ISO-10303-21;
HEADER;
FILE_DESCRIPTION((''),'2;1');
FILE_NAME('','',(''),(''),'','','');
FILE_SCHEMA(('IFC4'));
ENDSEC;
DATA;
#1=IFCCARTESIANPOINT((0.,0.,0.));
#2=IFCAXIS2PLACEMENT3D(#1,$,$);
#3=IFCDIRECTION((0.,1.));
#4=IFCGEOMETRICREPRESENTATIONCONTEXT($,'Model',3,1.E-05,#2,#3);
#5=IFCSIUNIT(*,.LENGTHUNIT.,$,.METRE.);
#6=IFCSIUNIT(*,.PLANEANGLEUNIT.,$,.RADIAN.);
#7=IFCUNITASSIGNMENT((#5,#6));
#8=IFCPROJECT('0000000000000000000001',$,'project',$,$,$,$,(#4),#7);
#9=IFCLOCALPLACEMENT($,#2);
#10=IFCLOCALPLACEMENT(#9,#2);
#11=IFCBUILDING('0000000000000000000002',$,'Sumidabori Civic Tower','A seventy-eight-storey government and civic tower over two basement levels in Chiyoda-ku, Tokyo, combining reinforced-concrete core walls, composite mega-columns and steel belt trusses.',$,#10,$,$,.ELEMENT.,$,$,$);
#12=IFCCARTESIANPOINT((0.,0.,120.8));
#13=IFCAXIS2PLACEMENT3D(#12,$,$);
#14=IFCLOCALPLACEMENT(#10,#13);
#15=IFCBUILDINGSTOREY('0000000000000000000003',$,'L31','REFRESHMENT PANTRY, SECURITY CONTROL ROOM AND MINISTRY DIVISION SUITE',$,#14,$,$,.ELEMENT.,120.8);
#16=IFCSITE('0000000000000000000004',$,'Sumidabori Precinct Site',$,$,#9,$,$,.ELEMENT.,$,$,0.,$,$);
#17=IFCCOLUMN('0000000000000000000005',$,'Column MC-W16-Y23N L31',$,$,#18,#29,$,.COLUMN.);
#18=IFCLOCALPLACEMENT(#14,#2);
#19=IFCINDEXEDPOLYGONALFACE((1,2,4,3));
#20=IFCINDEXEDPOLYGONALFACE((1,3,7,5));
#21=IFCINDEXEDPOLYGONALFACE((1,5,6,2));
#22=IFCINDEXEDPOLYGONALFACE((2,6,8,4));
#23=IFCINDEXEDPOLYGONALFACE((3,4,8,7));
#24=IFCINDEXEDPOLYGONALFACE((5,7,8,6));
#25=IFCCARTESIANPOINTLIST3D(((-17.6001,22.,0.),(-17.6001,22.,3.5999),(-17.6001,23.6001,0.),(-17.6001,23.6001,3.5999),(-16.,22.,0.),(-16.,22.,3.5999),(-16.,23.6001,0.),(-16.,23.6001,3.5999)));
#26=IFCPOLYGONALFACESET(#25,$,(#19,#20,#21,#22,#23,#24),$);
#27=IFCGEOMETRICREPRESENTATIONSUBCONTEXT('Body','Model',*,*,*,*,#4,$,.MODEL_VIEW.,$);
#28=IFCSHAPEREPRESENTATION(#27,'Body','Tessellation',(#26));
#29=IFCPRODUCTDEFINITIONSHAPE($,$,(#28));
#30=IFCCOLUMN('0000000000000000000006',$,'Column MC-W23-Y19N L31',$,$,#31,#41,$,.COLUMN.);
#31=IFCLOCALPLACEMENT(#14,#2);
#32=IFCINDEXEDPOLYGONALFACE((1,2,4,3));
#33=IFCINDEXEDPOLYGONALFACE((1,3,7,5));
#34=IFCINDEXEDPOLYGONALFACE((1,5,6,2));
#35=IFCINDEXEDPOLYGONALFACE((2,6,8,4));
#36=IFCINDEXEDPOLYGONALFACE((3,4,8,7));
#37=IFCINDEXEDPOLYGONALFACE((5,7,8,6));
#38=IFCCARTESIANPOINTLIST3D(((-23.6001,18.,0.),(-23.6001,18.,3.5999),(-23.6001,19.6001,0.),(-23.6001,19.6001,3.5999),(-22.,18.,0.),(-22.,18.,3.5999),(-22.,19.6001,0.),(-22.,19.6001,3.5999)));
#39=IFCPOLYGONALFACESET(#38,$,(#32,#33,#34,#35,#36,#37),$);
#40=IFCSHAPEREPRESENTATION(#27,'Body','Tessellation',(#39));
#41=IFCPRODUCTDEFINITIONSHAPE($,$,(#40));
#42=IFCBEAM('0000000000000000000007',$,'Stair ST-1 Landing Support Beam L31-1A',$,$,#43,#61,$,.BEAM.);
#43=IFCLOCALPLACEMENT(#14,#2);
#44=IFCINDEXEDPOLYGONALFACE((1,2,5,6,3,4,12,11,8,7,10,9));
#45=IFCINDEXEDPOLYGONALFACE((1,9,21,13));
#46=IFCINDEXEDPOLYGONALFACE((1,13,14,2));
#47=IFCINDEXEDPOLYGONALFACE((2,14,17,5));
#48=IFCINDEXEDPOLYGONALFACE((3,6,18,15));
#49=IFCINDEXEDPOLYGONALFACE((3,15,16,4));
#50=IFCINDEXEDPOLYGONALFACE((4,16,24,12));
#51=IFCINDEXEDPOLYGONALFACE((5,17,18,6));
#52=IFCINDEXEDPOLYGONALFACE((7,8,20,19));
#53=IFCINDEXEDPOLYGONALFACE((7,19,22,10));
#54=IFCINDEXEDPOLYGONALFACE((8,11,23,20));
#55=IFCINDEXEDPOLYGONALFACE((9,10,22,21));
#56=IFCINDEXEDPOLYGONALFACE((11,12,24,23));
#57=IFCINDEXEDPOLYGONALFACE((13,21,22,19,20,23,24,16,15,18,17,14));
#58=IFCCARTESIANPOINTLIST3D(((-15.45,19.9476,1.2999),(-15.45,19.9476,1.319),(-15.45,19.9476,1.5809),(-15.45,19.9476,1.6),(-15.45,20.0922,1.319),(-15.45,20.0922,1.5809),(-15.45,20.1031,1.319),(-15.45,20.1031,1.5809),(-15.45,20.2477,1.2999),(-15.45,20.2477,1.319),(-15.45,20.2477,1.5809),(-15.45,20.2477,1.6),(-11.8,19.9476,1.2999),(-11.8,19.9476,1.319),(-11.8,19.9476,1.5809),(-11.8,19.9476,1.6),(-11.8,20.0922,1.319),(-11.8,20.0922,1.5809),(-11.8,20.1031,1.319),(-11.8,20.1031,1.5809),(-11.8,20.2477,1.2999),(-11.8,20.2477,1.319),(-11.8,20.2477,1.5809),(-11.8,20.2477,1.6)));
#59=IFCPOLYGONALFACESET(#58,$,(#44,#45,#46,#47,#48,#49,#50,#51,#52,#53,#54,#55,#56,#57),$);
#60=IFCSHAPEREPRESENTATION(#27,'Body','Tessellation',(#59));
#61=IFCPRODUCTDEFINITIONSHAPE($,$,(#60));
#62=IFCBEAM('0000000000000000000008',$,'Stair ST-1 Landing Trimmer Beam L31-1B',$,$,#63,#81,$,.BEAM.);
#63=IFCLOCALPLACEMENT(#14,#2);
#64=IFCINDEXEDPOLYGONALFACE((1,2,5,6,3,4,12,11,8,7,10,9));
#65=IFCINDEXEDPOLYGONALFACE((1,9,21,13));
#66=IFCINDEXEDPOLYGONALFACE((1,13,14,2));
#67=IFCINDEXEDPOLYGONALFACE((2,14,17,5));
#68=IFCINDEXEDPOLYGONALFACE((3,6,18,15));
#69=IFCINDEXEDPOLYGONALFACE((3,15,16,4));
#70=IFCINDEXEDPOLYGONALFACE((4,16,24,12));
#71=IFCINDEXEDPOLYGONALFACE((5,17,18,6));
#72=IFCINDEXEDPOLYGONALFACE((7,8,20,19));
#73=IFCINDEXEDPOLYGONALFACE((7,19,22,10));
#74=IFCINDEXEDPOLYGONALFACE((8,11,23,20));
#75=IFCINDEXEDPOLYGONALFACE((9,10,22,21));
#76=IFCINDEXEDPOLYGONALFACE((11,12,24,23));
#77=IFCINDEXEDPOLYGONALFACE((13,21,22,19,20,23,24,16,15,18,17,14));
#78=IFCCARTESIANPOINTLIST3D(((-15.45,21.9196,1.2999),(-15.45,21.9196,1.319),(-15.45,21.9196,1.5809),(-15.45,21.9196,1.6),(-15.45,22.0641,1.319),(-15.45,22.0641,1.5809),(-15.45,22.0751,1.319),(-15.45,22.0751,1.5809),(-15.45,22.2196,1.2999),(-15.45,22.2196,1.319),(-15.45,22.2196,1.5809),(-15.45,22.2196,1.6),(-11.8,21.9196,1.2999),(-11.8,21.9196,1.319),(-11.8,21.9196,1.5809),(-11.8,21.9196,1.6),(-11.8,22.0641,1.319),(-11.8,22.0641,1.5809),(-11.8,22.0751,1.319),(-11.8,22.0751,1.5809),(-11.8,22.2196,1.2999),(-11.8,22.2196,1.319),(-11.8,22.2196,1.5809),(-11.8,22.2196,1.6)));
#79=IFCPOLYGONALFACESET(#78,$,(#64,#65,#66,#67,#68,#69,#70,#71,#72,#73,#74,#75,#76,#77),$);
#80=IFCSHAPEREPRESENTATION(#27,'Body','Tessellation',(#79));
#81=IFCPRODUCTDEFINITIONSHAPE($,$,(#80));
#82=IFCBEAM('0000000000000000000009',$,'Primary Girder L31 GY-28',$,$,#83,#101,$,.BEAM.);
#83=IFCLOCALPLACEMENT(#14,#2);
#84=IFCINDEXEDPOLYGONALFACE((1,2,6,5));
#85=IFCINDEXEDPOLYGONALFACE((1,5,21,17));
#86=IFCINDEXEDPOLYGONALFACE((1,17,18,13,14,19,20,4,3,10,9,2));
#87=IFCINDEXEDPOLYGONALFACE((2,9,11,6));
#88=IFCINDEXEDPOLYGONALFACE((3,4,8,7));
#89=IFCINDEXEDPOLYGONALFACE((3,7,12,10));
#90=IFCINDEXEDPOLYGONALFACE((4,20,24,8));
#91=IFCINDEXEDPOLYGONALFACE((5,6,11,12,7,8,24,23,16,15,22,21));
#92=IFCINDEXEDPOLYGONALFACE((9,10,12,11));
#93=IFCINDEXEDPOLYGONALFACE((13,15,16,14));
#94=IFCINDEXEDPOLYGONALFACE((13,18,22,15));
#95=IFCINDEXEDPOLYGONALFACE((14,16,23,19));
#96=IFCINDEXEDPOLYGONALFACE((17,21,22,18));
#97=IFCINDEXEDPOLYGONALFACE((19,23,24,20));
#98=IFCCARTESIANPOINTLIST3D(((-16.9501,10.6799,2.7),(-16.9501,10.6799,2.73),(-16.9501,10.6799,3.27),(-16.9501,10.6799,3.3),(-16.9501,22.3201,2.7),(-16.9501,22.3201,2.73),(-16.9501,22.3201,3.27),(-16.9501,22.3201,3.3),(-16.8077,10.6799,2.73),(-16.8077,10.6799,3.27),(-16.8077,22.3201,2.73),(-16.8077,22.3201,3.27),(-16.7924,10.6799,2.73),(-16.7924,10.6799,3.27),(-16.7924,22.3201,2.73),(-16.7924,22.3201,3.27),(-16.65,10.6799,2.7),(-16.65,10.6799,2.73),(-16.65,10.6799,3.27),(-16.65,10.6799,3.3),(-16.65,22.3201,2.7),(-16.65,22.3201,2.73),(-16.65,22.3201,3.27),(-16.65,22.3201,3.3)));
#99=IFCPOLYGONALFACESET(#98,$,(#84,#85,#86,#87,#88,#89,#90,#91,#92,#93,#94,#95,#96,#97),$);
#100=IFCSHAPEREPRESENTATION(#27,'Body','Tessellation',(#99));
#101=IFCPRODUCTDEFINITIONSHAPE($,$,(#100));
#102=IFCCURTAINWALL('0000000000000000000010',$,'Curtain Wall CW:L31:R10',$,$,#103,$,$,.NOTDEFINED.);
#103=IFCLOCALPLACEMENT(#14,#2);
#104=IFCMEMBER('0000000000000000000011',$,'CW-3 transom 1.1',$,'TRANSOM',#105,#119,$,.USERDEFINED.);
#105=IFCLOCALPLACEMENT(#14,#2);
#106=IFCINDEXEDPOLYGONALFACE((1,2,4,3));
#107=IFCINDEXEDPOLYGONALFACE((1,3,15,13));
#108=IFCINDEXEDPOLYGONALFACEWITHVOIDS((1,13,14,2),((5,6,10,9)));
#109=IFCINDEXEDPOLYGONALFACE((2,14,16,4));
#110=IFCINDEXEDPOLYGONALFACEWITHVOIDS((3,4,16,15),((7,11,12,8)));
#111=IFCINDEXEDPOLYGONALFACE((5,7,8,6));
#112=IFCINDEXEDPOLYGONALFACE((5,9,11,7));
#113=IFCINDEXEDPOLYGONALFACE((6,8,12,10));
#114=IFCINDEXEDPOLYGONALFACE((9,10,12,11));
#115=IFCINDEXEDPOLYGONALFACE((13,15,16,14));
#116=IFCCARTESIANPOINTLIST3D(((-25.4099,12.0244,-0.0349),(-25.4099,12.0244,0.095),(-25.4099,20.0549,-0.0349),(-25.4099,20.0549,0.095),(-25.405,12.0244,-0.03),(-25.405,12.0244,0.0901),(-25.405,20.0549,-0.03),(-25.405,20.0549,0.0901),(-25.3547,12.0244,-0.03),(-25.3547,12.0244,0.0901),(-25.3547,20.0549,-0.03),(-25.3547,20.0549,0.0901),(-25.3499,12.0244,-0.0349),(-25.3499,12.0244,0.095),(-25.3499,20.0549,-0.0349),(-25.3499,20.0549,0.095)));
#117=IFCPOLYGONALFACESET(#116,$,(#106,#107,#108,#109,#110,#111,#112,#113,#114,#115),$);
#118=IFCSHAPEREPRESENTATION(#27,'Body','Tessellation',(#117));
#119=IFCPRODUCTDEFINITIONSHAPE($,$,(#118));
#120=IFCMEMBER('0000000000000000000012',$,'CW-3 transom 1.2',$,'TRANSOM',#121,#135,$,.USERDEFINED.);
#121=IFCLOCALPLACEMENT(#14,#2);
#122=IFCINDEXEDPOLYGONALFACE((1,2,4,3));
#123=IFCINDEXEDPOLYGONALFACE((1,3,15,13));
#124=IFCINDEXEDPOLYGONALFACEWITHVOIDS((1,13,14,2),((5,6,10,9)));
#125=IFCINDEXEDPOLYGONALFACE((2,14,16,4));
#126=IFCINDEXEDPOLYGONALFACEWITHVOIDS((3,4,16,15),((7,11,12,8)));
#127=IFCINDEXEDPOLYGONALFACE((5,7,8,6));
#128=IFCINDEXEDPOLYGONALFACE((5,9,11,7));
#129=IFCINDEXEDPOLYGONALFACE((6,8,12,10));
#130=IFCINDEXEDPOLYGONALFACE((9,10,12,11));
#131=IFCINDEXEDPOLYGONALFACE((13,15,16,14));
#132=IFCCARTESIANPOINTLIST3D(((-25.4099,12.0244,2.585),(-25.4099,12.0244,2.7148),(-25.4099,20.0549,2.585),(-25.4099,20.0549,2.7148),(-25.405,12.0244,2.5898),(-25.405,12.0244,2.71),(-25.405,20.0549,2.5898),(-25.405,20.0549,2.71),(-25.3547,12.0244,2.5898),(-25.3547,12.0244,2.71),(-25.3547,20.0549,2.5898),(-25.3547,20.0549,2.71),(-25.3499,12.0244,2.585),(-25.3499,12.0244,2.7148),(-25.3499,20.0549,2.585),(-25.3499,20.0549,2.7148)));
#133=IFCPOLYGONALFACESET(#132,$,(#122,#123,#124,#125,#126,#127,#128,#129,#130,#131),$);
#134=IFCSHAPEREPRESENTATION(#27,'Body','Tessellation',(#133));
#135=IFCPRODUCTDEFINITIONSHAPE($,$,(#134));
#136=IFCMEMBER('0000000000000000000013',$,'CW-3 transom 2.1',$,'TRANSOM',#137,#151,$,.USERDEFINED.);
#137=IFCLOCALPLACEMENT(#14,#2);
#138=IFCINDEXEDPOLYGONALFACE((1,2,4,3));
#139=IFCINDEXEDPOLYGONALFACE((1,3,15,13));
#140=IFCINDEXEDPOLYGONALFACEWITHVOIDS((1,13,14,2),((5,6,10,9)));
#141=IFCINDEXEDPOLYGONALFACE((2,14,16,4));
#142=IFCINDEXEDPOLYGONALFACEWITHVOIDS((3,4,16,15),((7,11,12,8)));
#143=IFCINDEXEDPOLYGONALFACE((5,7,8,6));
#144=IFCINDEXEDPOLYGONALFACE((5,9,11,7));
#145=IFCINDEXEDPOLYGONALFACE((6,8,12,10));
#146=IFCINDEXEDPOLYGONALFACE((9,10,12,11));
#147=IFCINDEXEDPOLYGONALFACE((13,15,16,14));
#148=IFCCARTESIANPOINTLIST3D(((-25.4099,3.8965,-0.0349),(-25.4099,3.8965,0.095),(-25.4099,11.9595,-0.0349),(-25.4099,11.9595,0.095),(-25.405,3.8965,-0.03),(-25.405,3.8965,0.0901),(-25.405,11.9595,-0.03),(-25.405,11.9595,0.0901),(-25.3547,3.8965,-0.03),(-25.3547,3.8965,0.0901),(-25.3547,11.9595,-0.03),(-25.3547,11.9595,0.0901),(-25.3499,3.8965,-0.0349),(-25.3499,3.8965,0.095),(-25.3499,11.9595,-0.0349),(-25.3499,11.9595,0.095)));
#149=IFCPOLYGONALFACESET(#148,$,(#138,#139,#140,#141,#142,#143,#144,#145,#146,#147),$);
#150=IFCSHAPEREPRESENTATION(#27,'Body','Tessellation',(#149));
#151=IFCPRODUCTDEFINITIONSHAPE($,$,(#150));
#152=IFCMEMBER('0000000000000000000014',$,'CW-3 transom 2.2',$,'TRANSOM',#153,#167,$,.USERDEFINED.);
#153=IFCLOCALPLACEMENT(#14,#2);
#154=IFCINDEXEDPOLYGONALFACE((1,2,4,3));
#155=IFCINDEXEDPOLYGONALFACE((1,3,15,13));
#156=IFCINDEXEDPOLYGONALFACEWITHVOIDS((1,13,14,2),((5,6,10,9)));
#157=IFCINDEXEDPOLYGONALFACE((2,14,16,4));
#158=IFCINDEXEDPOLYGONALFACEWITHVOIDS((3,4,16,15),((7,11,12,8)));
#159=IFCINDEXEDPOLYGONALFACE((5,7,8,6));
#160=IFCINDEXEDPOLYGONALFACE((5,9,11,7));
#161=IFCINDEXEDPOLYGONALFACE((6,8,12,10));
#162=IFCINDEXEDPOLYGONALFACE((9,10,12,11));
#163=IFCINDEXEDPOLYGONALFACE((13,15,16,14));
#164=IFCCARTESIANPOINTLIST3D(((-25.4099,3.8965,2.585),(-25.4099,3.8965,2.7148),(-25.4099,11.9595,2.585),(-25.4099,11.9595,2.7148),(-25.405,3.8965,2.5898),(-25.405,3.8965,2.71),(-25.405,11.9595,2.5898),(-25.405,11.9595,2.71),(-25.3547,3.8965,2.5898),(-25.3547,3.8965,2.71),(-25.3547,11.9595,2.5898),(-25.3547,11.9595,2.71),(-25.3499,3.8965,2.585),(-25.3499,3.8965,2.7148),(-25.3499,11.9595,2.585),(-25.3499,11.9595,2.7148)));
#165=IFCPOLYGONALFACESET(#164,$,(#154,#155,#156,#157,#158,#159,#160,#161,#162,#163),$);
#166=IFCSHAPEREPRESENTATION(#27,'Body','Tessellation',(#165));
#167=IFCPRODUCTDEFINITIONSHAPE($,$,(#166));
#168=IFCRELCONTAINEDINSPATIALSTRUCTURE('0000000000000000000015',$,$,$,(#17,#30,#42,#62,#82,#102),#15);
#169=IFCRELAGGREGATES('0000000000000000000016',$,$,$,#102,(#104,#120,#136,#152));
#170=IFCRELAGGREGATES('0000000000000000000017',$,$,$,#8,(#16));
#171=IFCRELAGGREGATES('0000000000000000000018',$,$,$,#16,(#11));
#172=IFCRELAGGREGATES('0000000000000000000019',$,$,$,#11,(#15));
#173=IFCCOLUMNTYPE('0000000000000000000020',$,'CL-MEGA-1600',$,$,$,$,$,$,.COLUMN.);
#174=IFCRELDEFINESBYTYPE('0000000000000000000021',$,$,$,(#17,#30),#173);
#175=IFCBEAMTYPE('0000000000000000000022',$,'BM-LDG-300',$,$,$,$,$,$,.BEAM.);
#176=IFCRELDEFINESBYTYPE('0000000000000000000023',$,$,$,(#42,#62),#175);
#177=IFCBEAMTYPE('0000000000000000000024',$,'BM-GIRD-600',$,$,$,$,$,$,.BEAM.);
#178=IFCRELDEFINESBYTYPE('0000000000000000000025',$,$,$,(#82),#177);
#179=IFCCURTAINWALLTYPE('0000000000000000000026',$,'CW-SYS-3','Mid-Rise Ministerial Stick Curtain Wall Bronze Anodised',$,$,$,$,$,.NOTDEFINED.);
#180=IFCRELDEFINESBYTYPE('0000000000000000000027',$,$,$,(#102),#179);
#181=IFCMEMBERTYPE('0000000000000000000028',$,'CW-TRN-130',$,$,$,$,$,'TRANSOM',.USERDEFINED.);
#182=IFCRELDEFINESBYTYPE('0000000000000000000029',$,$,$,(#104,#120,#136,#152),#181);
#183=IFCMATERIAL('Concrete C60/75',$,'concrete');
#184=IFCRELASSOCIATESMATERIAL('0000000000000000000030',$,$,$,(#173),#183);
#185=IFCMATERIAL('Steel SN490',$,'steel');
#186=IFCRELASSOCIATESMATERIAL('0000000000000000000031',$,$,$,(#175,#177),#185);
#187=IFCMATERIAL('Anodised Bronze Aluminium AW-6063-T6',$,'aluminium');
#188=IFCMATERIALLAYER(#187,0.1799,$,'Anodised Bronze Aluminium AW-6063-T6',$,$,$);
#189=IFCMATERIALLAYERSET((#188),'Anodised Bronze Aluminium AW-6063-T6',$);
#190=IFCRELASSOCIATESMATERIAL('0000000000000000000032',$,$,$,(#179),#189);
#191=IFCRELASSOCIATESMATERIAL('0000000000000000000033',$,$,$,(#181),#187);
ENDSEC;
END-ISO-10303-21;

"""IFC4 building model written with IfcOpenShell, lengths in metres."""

from ifc_helpers import new_model, si_unit, direction, frame, origin, origin_2d, place, context, subcontext, project, spatial, rectangle, hollow_rectangle, i_section, extrude, source, transform, mapped, material, layer, layer_set, material_profile, profile_set, type_object, element, aggregate, save


model = new_model("IFC4")

# Units and contexts
model_context = context("Model", 3, precision=1e-05, world=origin(), true_north=direction((0.0, 1.0)))
body_context = subcontext(model_context, "Body", "Model", "MODEL_VIEW")
ifc_project = project(units=[si_unit("LENGTHUNIT", "METRE"), si_unit("PLANEANGLEUNIT", "RADIAN")], contexts=[model_context])

# Site, building, storey
site_placement = place(None, origin())
site = spatial("IfcSite", under=ifc_project, at=site_placement, Name="Sumidabori Precinct Site", CompositionType="ELEMENT", RefElevation=0.0)
building_placement = place(site_placement, origin())
building = spatial("IfcBuilding", under=site, at=building_placement, Name="Sumidabori Civic Tower", Description="A seventy-eight-storey government and civic tower over two basement levels in Chiyoda-ku, Tokyo, combining reinforced-concrete core walls, composite mega-columns and steel belt trusses.", CompositionType="ELEMENT")
storey_placement = place(building_placement, frame((0.0, 0.0, 120.8)))
storey = spatial("IfcBuildingStorey", under=building, at=storey_placement, Name="L31", Description="REFRESHMENT PANTRY, SECURITY CONTROL ROOM AND MINISTRY DIVISION SUITE", CompositionType="ELEMENT", Elevation=120.8)

# Columns
ifc_material_1 = material(Name="Concrete C60/75", Category="concrete")
ifc_material_profile_1 = material_profile(ifc_material_1, rectangle(XDim=1.6001, YDim=1.6001, at=origin_2d()), Name="RC 1600x1600")
ifc_profile_set_1 = profile_set([ifc_material_profile_1], Name="Concrete C60/75")
column_type = type_object("IfcColumnType", Name="CL-MEGA-1600", PredefinedType="COLUMN", material=ifc_profile_set_1)
shared_shape_1 = source(origin(), body_context, "Body", "SweptSolid", [
    extrude(rectangle(XDim=1.6001, YDim=1.6001, at=origin_2d()), origin(), (0.0, 0.0, 1.0), 3.5999),
])
for number, where, z_axis, x_axis, name in (
    (1, (-16.8, 22.8, 0.0), (0.0, 0.0, 1.0), (1.0, 0.0, 0.0), "Column MC-W16-Y23N L31"),
    (2, (-22.8, 18.8, 0.0), (0.0, 0.0, 1.0), (1.0, 0.0, 0.0), "Column MC-W23-Y19N L31"),
):
    element("IfcColumn", number, at=place(storey_placement, frame(where, z_axis=z_axis, x_axis=x_axis)), inside=storey, type_object=column_type, Name=name, PredefinedType="COLUMN", context=body_context, shape_type="MappedRepresentation", body=[
        mapped(shared_shape_1, transform((0.0, 0.0, 0.0), x_axis=(1.0, 0.0, 0.0), y_axis=(0.0, 1.0, 0.0), z_axis=(0.0, 0.0, 1.0), scale=1.0)),
    ])

# Beams
ifc_material_2 = material(Name="Steel SN490", Category="steel")
ifc_material_profile_2 = material_profile(ifc_material_2, i_section(OverallWidth=0.3, OverallDepth=0.3, WebThickness=0.011, FlangeThickness=0.019, at=origin_2d()), Name="HE 300 B")
ifc_profile_set_2 = profile_set([ifc_material_profile_2], Name="Steel SN490")
beam_type_1 = type_object("IfcBeamType", Name="BM-LDG-300", PredefinedType="BEAM", material=ifc_profile_set_2)
shared_shape_2 = source(origin(), body_context, "Body", "SweptSolid", [
    extrude(i_section(OverallWidth=0.3, OverallDepth=0.3, WebThickness=0.011, FlangeThickness=0.019, at=origin_2d()), origin(), (0.0, 0.0, 1.0), 3.6499),
])
for number, where, z_axis, x_axis, name in (
    (3, (-15.45, 20.0977, 1.45), (1.0, 0.0, 0.0), (0.0, 1.0, 0.0), "Stair ST-1 Landing Support Beam L31-1A"),
    (4, (-15.45, 22.0696, 1.45), (1.0, 0.0, 0.0), (0.0, 1.0, 0.0), "Stair ST-1 Landing Trimmer Beam L31-1B"),
):
    element("IfcBeam", number, at=place(storey_placement, frame(where, z_axis=z_axis, x_axis=x_axis)), inside=storey, type_object=beam_type_1, Name=name, PredefinedType="BEAM", context=body_context, shape_type="MappedRepresentation", body=[
        mapped(shared_shape_2, transform((0.0, 0.0, 0.0), x_axis=(1.0, 0.0, 0.0), y_axis=(0.0, 1.0, 0.0), z_axis=(0.0, 0.0, 1.0), scale=1.0)),
    ])
ifc_material_profile_3 = material_profile(ifc_material_2, i_section(OverallWidth=0.3, OverallDepth=0.6001, WebThickness=0.0154, FlangeThickness=0.03, at=origin_2d()), Name="HE 600 B")
ifc_profile_set_3 = profile_set([ifc_material_profile_3], Name="Steel SN490")
beam_type_2 = type_object("IfcBeamType", Name="BM-GIRD-600", PredefinedType="BEAM", material=ifc_profile_set_3)
shared_shape_3 = source(origin(), body_context, "Body", "SweptSolid", [
    extrude(i_section(OverallWidth=0.3, OverallDepth=0.6001, WebThickness=0.0154, FlangeThickness=0.03, at=origin_2d()), origin(), (0.0, 0.0, 1.0), 11.6401),
])
beam_placement = place(storey_placement, frame((-16.8, 10.6799, 3.0), z_axis=(0.0, 1.0, 0.0), x_axis=(-1.0, 0.0, 0.0)))
element("IfcBeam", 5, at=beam_placement, inside=storey, type_object=beam_type_2, Name="Primary Girder L31 GY-28", PredefinedType="BEAM", context=body_context, shape_type="MappedRepresentation", body=[
    mapped(shared_shape_3, transform((0.0, 0.0, 0.0), x_axis=(1.0, 0.0, 0.0), y_axis=(0.0, 1.0, 0.0), z_axis=(0.0, 0.0, 1.0), scale=1.0)),
])

# Curtain wall, members
ifc_material_3 = material(Name="Anodised Bronze Aluminium AW-6063-T6", Category="aluminium")
ifc_layer_1 = layer(ifc_material_3, 0.1799, Name="Anodised Bronze Aluminium AW-6063-T6")
ifc_layer_set_1 = layer_set([ifc_layer_1], Name="Anodised Bronze Aluminium AW-6063-T6")
curtain_wall_type = type_object("IfcCurtainWallType", Name="CW-SYS-3", Description="Mid-Rise Ministerial Stick Curtain Wall Bronze Anodised", PredefinedType="NOTDEFINED", material=ifc_layer_set_1)
curtain_wall_1_placement = place(storey_placement, origin())
curtain_wall_1 = element("IfcCurtainWall", 6, at=curtain_wall_1_placement, inside=storey, type_object=curtain_wall_type, Name="Curtain Wall CW:L31:R10", PredefinedType="NOTDEFINED")
ifc_material_profile_4 = material_profile(ifc_material_3, hollow_rectangle(XDim=0.0601, YDim=0.1299, WallThickness=0.0049, at=origin_2d()), Name="ALU TRANSOM 130x60")
ifc_profile_set_4 = profile_set([ifc_material_profile_4], Name="Anodised Bronze Aluminium AW-6063-T6")
member_type_1 = type_object("IfcMemberType", Name="CW-TRN-130", ElementType="TRANSOM", PredefinedType="USERDEFINED", material=ifc_profile_set_4)
shared_shape_4 = source(origin(), body_context, "Body", "SweptSolid", [
    extrude(hollow_rectangle(XDim=0.0601, YDim=0.1299, WallThickness=0.0049, at=origin_2d()), origin(), (0.0, 0.0, 1.0), 8.0305),
])
member_1_placement = place(storey_placement, frame((-25.3799, 20.0549, 0.03), z_axis=(0.0, -1.0, 0.0), x_axis=(1.0, 0.0, 0.0)))
member_1 = element("IfcMember", 7, at=member_1_placement, type_object=member_type_1, Name="CW-3 transom 1.1", ObjectType="TRANSOM", PredefinedType="USERDEFINED", context=body_context, shape_type="MappedRepresentation", body=[
    mapped(shared_shape_4, transform((0.0, 0.0, 0.0), x_axis=(1.0, 0.0, 0.0), y_axis=(0.0, 1.0, 0.0), z_axis=(0.0, 0.0, 1.0), scale=1.0)),
])
member_2_placement = place(storey_placement, frame((-25.3799, 20.0549, 2.6499), z_axis=(0.0, -1.0, 0.0), x_axis=(1.0, 0.0, 0.0)))
member_2 = element("IfcMember", 8, at=member_2_placement, type_object=member_type_1, Name="CW-3 transom 1.2", ObjectType="TRANSOM", PredefinedType="USERDEFINED", context=body_context, shape_type="MappedRepresentation", body=[
    mapped(shared_shape_4, transform((0.0, 0.0, 0.0), x_axis=(1.0, 0.0, 0.0), y_axis=(0.0, 1.0, 0.0), z_axis=(0.0, 0.0, 1.0), scale=1.0)),
])
shared_shape_5 = source(origin(), body_context, "Body", "SweptSolid", [
    extrude(hollow_rectangle(XDim=0.0601, YDim=0.1299, WallThickness=0.0049, at=origin_2d()), origin(), (0.0, 0.0, 1.0), 8.063),
])
member_3_placement = place(storey_placement, frame((-25.3799, 11.9595, 0.03), z_axis=(0.0, -1.0, 0.0), x_axis=(1.0, 0.0, 0.0)))
member_3 = element("IfcMember", 9, at=member_3_placement, type_object=member_type_1, Name="CW-3 transom 2.1", ObjectType="TRANSOM", PredefinedType="USERDEFINED", context=body_context, shape_type="MappedRepresentation", body=[
    mapped(shared_shape_5, transform((0.0, 0.0, 0.0), x_axis=(1.0, 0.0, 0.0), y_axis=(0.0, 1.0, 0.0), z_axis=(0.0, 0.0, 1.0), scale=1.0)),
])
member_4_placement = place(storey_placement, frame((-25.3799, 11.9595, 2.6499), z_axis=(0.0, -1.0, 0.0), x_axis=(1.0, 0.0, 0.0)))
member_4 = element("IfcMember", 10, at=member_4_placement, type_object=member_type_1, Name="CW-3 transom 2.2", ObjectType="TRANSOM", PredefinedType="USERDEFINED", context=body_context, shape_type="MappedRepresentation", body=[
    mapped(shared_shape_5, transform((0.0, 0.0, 0.0), x_axis=(1.0, 0.0, 0.0), y_axis=(0.0, 1.0, 0.0), z_axis=(0.0, 0.0, 1.0), scale=1.0)),
])

aggregate(curtain_wall_1, [member_1, member_2, member_3, member_4])

save(model, "model.ifc")
